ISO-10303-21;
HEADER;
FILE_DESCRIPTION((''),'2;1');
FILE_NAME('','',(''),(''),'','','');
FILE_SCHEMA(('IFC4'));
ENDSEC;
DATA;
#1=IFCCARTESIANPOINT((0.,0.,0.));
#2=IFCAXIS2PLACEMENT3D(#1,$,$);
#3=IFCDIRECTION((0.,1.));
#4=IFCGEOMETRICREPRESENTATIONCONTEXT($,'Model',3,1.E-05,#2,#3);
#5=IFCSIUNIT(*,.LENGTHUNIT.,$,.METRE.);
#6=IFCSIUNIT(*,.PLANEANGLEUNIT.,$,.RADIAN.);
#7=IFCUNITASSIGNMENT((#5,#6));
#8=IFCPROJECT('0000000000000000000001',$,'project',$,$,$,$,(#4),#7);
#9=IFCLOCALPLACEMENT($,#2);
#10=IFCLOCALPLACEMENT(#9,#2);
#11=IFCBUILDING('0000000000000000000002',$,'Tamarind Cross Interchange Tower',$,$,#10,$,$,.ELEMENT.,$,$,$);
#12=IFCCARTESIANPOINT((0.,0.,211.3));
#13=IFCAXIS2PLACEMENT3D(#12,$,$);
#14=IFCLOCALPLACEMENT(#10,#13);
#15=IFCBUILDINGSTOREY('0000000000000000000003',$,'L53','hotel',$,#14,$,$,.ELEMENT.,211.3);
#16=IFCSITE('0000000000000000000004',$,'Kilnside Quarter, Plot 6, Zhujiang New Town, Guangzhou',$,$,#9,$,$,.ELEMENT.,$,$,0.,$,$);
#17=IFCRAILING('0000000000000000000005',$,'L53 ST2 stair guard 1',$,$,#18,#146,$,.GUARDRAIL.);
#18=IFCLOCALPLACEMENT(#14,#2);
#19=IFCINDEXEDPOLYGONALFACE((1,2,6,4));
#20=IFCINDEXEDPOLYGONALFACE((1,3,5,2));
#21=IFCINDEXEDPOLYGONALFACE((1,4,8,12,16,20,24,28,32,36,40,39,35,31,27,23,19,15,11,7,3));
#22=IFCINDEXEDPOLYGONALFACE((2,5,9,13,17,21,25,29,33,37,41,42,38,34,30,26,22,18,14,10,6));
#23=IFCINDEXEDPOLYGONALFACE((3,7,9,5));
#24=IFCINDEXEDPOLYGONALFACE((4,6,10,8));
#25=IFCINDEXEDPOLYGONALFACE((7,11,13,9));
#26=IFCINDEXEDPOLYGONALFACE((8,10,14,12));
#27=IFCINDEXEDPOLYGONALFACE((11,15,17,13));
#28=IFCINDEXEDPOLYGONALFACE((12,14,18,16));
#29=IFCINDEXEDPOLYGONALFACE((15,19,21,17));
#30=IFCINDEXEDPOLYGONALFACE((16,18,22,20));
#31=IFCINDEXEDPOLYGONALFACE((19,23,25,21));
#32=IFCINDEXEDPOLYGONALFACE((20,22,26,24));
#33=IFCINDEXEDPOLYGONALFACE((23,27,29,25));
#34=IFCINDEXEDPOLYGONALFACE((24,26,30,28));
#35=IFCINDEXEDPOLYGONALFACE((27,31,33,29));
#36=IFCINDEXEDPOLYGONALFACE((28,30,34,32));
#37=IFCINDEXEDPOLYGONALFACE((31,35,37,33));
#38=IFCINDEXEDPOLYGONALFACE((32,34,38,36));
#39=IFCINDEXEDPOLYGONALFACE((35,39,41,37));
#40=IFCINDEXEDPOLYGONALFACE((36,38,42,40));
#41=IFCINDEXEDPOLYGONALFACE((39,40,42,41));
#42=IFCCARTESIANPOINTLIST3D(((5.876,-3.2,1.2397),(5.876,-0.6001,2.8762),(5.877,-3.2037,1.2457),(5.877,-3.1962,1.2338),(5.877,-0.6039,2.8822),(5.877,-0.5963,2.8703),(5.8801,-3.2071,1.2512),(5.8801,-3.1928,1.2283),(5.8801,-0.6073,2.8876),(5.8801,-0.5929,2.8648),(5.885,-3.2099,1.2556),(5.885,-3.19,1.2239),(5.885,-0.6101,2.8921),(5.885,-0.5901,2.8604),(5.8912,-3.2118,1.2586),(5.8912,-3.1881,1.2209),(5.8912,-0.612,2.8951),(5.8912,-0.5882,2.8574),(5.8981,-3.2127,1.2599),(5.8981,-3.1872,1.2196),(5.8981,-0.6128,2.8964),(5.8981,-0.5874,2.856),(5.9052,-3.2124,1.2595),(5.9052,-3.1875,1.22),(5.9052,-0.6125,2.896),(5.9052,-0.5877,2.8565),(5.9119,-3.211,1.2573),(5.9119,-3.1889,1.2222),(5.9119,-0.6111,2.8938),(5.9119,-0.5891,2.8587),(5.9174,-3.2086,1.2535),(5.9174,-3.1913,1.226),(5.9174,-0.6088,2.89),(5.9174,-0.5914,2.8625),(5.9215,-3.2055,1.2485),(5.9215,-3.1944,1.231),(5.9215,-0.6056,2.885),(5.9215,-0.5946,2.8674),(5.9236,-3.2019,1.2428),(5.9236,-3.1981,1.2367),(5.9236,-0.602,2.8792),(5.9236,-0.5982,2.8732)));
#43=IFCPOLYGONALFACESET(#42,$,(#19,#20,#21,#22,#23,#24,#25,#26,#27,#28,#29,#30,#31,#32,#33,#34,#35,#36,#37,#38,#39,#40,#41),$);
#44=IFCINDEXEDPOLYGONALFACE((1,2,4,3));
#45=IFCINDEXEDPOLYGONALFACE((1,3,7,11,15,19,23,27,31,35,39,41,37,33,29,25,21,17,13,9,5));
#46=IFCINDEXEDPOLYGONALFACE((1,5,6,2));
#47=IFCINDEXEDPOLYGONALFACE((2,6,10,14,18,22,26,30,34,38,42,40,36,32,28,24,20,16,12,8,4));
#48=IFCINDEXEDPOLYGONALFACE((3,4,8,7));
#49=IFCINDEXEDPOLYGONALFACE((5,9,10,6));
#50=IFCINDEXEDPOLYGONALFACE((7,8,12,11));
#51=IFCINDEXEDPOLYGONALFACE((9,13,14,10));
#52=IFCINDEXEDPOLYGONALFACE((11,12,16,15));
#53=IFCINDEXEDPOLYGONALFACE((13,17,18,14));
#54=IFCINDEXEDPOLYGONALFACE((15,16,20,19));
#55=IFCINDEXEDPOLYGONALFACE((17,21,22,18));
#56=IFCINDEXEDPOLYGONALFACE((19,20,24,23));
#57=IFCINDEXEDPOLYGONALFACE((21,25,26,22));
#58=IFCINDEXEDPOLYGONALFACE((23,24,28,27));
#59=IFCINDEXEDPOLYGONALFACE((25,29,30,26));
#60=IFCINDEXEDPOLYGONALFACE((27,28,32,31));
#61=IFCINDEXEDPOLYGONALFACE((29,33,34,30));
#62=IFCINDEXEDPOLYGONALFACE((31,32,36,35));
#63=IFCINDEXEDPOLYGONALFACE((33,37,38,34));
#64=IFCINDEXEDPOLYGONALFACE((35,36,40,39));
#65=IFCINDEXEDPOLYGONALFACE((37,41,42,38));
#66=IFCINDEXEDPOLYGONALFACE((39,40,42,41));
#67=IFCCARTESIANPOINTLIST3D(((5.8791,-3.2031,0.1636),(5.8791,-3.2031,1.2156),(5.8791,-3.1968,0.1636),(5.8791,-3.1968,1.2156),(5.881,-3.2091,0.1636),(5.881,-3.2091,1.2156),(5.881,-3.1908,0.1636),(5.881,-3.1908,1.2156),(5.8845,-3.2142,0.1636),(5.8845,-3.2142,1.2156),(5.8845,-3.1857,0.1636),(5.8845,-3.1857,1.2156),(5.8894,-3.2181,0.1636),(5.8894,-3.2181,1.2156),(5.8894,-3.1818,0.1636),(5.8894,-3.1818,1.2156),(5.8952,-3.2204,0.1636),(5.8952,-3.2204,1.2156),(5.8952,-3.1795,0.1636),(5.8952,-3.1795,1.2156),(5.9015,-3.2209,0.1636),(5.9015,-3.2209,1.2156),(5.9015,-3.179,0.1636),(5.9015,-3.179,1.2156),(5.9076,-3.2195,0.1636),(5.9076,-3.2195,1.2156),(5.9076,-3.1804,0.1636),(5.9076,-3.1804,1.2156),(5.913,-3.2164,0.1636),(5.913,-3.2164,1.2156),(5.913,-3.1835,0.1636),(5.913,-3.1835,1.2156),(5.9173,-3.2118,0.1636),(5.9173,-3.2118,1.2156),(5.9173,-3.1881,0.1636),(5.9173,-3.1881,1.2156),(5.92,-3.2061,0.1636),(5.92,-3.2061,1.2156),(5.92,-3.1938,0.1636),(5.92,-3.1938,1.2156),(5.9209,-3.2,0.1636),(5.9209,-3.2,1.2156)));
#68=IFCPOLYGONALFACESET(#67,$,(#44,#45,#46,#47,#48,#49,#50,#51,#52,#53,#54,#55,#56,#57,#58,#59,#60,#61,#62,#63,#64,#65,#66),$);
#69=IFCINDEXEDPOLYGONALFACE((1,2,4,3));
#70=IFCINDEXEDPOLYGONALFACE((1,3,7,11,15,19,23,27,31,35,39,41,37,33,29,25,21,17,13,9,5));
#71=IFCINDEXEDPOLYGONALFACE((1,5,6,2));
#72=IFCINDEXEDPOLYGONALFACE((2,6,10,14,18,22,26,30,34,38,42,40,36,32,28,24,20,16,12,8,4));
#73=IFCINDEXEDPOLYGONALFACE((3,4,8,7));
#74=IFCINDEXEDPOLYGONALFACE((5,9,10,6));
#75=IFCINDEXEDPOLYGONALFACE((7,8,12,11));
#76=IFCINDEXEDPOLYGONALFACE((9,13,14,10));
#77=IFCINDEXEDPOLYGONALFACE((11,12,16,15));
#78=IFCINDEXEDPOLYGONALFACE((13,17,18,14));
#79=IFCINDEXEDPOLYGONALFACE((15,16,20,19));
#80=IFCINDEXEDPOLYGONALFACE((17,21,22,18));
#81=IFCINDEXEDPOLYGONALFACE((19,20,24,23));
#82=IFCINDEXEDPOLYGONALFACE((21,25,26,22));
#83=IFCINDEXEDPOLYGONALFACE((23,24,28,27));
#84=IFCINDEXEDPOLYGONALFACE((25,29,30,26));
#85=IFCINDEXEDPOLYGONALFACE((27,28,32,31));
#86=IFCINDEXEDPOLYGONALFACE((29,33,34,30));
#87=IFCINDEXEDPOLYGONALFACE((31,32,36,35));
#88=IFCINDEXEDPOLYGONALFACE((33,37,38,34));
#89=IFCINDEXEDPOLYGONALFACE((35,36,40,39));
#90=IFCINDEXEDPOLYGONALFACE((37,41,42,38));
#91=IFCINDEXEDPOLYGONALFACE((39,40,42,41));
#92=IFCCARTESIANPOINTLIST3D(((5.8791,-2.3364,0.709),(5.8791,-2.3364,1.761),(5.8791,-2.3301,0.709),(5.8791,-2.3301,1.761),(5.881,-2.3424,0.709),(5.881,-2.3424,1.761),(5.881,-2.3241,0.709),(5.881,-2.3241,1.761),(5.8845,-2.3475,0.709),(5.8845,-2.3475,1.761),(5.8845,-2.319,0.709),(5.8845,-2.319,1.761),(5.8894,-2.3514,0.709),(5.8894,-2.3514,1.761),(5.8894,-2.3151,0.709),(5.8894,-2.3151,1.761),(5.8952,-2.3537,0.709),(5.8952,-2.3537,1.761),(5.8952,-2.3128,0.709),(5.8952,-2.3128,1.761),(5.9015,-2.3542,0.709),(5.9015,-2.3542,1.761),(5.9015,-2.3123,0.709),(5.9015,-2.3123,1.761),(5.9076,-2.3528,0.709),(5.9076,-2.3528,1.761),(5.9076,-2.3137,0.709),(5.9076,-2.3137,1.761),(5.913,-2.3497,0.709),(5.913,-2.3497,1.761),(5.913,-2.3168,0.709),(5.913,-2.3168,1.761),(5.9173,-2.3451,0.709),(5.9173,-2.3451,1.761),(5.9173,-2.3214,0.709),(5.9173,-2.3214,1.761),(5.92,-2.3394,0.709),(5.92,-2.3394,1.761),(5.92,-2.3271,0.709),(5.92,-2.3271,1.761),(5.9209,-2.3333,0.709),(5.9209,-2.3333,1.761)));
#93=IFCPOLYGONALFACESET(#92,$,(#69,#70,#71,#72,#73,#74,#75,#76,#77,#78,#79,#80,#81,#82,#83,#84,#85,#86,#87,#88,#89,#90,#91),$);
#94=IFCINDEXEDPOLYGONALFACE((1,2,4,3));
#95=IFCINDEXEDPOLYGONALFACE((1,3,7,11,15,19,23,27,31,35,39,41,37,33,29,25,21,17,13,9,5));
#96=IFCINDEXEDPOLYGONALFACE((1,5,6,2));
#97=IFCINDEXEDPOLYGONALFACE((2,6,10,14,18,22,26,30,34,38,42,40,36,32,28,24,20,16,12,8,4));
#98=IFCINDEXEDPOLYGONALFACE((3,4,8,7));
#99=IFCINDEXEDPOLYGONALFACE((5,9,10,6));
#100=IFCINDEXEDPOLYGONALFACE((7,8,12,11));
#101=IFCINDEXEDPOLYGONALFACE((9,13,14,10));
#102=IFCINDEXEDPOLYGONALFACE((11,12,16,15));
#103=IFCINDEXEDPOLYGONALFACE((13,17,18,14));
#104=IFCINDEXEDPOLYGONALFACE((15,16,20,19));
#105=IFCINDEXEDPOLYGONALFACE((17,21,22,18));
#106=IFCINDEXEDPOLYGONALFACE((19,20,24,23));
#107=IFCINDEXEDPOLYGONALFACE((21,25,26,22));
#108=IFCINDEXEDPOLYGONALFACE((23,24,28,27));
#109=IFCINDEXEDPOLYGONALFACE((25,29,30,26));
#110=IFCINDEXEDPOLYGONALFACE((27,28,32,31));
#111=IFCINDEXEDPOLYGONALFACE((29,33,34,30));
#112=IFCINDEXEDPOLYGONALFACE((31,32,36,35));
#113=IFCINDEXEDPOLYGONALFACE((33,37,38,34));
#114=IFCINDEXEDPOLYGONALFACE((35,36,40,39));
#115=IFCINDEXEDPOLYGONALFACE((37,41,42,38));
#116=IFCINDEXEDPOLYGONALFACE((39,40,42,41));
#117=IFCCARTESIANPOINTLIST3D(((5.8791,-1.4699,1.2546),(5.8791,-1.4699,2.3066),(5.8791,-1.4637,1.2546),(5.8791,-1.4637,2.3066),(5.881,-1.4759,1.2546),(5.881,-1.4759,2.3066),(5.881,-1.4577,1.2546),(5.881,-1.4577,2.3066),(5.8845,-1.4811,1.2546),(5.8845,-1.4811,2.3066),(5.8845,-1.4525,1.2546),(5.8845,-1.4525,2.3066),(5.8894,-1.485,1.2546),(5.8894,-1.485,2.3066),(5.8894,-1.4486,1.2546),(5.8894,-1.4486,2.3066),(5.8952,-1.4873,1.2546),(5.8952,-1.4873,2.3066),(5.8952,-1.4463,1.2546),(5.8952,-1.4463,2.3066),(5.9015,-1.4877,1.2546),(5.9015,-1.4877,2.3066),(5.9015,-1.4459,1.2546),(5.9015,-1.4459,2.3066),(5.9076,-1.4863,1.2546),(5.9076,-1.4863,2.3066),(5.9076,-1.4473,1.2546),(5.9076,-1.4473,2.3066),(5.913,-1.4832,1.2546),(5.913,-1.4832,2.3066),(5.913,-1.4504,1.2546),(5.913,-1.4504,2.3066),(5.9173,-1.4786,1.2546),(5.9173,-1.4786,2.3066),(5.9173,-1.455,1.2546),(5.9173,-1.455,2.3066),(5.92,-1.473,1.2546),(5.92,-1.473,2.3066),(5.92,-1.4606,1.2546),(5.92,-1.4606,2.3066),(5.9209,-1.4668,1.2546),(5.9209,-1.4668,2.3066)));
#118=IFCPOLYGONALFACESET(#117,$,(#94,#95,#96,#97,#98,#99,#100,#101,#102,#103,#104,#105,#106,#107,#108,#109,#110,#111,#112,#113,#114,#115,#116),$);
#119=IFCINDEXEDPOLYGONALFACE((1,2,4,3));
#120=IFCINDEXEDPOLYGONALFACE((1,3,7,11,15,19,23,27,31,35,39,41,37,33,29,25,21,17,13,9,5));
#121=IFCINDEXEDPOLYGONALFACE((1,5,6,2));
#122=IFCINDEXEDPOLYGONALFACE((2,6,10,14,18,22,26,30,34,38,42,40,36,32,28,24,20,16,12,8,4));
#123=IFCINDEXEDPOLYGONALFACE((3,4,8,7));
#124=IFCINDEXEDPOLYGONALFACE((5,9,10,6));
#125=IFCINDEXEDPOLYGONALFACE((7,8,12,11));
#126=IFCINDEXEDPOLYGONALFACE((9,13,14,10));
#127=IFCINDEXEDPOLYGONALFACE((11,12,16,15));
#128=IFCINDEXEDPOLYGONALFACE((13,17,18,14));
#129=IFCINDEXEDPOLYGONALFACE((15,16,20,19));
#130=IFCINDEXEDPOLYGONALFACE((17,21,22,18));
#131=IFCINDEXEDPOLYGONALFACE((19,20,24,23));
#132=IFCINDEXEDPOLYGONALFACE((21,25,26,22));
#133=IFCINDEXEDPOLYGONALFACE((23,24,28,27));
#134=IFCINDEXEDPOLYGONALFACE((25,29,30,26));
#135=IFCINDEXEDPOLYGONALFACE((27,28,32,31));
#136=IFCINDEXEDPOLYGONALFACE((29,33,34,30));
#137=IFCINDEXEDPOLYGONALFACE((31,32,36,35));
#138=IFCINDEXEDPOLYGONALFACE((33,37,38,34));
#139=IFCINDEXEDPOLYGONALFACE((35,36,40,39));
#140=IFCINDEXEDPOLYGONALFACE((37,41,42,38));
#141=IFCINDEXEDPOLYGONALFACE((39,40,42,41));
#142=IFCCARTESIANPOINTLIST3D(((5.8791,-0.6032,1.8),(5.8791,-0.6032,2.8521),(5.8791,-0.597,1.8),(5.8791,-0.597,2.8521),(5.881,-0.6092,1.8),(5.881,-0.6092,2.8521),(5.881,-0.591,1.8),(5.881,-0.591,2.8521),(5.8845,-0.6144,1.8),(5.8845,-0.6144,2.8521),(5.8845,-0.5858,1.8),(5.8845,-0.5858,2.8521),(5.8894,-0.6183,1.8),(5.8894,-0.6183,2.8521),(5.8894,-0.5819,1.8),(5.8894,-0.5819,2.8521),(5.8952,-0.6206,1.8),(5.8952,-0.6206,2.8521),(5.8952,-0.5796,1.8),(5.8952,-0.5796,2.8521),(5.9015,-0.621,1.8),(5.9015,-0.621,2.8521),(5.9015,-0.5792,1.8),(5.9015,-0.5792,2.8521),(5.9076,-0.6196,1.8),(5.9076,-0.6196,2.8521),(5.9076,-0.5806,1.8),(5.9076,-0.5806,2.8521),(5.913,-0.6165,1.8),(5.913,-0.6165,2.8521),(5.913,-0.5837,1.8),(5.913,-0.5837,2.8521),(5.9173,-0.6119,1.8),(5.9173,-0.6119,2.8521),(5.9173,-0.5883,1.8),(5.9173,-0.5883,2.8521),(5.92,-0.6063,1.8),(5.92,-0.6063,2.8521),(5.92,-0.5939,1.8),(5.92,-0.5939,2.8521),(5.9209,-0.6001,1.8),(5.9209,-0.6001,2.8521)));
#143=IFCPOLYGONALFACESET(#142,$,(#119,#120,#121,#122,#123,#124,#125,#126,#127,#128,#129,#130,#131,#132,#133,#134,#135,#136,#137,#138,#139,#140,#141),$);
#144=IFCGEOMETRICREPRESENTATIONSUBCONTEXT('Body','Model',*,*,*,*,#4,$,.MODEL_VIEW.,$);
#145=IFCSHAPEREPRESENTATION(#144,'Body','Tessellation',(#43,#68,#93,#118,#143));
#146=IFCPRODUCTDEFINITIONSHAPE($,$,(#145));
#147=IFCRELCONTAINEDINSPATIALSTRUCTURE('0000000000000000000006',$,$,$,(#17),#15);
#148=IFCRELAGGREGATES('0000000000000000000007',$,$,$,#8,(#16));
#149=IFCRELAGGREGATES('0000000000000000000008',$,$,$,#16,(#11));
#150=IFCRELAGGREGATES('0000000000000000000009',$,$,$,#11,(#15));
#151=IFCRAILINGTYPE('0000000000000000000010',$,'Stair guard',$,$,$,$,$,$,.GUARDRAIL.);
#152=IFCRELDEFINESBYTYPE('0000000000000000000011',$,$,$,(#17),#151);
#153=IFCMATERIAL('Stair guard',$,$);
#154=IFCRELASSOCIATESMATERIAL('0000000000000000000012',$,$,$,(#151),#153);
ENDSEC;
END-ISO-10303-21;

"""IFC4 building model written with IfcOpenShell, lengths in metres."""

from ifc_helpers import new_model, si_unit, direction, frame, origin, origin_2d, place, context, subcontext, project, spatial, circle, extrude, material, type_object, element, save


model = new_model("IFC4")

# Units and contexts
model_context = context("Model", 3, precision=1e-05, world=origin(), true_north=direction((0.0, 1.0)))
body_context = subcontext(model_context, "Body", "Model", "MODEL_VIEW")
ifc_project = project(units=[si_unit("LENGTHUNIT", "METRE"), si_unit("PLANEANGLEUNIT", "RADIAN")], contexts=[model_context])

# Site, building, storey
site_placement = place(None, origin())
site = spatial("IfcSite", under=ifc_project, at=site_placement, Name="Kilnside Quarter, Plot 6, Zhujiang New Town, Guangzhou", CompositionType="ELEMENT", RefElevation=0.0)
building_placement = place(site_placement, origin())
building = spatial("IfcBuilding", under=site, at=building_placement, Name="Tamarind Cross Interchange Tower", CompositionType="ELEMENT")
storey_placement = place(building_placement, frame((0.0, 0.0, 211.3)))
storey = spatial("IfcBuildingStorey", under=building, at=storey_placement, Name="L53", Description="hotel", CompositionType="ELEMENT", Elevation=211.3)

# Railing
ifc_material_1 = material(Name="Stair guard")
railing_type_1 = type_object("IfcRailingType", Name="Stair guard", PredefinedType="GUARDRAIL", material=ifc_material_1)
railing_1_placement = place(storey_placement, frame((5.8999, -3.2, 0.1636)))
element("IfcRailing", 1, at=railing_1_placement, inside=storey, type_object=railing_type_1, Name="L53 ST2 stair guard 1", PredefinedType="GUARDRAIL", context=body_context, shape_type="SweptSolid", body=[
    extrude(circle(Radius=0.0239, at=origin_2d()), frame((0.0, 0.0, 1.0762), z_axis=(0.0, 0.846302, 0.532704), x_axis=(-1.0, 0.0, 0.0)), (0.0, 0.0, 1.0), 3.072),
    extrude(circle(Radius=0.021, at=origin_2d()), origin(), (0.0, 0.0, 1.0), 1.052),
    extrude(circle(Radius=0.021, at=origin_2d()), frame((0.0, 0.8667, 0.5454)), (0.0, 0.0, 1.0), 1.052),
    extrude(circle(Radius=0.021, at=origin_2d()), frame((0.0, 1.7332, 1.0911)), (0.0, 0.0, 1.0), 1.052),
    extrude(circle(Radius=0.021, at=origin_2d()), frame((0.0, 2.5999, 1.6365)), (0.0, 0.0, 1.0), 1.052),
])

save(model, "model.ifc")
